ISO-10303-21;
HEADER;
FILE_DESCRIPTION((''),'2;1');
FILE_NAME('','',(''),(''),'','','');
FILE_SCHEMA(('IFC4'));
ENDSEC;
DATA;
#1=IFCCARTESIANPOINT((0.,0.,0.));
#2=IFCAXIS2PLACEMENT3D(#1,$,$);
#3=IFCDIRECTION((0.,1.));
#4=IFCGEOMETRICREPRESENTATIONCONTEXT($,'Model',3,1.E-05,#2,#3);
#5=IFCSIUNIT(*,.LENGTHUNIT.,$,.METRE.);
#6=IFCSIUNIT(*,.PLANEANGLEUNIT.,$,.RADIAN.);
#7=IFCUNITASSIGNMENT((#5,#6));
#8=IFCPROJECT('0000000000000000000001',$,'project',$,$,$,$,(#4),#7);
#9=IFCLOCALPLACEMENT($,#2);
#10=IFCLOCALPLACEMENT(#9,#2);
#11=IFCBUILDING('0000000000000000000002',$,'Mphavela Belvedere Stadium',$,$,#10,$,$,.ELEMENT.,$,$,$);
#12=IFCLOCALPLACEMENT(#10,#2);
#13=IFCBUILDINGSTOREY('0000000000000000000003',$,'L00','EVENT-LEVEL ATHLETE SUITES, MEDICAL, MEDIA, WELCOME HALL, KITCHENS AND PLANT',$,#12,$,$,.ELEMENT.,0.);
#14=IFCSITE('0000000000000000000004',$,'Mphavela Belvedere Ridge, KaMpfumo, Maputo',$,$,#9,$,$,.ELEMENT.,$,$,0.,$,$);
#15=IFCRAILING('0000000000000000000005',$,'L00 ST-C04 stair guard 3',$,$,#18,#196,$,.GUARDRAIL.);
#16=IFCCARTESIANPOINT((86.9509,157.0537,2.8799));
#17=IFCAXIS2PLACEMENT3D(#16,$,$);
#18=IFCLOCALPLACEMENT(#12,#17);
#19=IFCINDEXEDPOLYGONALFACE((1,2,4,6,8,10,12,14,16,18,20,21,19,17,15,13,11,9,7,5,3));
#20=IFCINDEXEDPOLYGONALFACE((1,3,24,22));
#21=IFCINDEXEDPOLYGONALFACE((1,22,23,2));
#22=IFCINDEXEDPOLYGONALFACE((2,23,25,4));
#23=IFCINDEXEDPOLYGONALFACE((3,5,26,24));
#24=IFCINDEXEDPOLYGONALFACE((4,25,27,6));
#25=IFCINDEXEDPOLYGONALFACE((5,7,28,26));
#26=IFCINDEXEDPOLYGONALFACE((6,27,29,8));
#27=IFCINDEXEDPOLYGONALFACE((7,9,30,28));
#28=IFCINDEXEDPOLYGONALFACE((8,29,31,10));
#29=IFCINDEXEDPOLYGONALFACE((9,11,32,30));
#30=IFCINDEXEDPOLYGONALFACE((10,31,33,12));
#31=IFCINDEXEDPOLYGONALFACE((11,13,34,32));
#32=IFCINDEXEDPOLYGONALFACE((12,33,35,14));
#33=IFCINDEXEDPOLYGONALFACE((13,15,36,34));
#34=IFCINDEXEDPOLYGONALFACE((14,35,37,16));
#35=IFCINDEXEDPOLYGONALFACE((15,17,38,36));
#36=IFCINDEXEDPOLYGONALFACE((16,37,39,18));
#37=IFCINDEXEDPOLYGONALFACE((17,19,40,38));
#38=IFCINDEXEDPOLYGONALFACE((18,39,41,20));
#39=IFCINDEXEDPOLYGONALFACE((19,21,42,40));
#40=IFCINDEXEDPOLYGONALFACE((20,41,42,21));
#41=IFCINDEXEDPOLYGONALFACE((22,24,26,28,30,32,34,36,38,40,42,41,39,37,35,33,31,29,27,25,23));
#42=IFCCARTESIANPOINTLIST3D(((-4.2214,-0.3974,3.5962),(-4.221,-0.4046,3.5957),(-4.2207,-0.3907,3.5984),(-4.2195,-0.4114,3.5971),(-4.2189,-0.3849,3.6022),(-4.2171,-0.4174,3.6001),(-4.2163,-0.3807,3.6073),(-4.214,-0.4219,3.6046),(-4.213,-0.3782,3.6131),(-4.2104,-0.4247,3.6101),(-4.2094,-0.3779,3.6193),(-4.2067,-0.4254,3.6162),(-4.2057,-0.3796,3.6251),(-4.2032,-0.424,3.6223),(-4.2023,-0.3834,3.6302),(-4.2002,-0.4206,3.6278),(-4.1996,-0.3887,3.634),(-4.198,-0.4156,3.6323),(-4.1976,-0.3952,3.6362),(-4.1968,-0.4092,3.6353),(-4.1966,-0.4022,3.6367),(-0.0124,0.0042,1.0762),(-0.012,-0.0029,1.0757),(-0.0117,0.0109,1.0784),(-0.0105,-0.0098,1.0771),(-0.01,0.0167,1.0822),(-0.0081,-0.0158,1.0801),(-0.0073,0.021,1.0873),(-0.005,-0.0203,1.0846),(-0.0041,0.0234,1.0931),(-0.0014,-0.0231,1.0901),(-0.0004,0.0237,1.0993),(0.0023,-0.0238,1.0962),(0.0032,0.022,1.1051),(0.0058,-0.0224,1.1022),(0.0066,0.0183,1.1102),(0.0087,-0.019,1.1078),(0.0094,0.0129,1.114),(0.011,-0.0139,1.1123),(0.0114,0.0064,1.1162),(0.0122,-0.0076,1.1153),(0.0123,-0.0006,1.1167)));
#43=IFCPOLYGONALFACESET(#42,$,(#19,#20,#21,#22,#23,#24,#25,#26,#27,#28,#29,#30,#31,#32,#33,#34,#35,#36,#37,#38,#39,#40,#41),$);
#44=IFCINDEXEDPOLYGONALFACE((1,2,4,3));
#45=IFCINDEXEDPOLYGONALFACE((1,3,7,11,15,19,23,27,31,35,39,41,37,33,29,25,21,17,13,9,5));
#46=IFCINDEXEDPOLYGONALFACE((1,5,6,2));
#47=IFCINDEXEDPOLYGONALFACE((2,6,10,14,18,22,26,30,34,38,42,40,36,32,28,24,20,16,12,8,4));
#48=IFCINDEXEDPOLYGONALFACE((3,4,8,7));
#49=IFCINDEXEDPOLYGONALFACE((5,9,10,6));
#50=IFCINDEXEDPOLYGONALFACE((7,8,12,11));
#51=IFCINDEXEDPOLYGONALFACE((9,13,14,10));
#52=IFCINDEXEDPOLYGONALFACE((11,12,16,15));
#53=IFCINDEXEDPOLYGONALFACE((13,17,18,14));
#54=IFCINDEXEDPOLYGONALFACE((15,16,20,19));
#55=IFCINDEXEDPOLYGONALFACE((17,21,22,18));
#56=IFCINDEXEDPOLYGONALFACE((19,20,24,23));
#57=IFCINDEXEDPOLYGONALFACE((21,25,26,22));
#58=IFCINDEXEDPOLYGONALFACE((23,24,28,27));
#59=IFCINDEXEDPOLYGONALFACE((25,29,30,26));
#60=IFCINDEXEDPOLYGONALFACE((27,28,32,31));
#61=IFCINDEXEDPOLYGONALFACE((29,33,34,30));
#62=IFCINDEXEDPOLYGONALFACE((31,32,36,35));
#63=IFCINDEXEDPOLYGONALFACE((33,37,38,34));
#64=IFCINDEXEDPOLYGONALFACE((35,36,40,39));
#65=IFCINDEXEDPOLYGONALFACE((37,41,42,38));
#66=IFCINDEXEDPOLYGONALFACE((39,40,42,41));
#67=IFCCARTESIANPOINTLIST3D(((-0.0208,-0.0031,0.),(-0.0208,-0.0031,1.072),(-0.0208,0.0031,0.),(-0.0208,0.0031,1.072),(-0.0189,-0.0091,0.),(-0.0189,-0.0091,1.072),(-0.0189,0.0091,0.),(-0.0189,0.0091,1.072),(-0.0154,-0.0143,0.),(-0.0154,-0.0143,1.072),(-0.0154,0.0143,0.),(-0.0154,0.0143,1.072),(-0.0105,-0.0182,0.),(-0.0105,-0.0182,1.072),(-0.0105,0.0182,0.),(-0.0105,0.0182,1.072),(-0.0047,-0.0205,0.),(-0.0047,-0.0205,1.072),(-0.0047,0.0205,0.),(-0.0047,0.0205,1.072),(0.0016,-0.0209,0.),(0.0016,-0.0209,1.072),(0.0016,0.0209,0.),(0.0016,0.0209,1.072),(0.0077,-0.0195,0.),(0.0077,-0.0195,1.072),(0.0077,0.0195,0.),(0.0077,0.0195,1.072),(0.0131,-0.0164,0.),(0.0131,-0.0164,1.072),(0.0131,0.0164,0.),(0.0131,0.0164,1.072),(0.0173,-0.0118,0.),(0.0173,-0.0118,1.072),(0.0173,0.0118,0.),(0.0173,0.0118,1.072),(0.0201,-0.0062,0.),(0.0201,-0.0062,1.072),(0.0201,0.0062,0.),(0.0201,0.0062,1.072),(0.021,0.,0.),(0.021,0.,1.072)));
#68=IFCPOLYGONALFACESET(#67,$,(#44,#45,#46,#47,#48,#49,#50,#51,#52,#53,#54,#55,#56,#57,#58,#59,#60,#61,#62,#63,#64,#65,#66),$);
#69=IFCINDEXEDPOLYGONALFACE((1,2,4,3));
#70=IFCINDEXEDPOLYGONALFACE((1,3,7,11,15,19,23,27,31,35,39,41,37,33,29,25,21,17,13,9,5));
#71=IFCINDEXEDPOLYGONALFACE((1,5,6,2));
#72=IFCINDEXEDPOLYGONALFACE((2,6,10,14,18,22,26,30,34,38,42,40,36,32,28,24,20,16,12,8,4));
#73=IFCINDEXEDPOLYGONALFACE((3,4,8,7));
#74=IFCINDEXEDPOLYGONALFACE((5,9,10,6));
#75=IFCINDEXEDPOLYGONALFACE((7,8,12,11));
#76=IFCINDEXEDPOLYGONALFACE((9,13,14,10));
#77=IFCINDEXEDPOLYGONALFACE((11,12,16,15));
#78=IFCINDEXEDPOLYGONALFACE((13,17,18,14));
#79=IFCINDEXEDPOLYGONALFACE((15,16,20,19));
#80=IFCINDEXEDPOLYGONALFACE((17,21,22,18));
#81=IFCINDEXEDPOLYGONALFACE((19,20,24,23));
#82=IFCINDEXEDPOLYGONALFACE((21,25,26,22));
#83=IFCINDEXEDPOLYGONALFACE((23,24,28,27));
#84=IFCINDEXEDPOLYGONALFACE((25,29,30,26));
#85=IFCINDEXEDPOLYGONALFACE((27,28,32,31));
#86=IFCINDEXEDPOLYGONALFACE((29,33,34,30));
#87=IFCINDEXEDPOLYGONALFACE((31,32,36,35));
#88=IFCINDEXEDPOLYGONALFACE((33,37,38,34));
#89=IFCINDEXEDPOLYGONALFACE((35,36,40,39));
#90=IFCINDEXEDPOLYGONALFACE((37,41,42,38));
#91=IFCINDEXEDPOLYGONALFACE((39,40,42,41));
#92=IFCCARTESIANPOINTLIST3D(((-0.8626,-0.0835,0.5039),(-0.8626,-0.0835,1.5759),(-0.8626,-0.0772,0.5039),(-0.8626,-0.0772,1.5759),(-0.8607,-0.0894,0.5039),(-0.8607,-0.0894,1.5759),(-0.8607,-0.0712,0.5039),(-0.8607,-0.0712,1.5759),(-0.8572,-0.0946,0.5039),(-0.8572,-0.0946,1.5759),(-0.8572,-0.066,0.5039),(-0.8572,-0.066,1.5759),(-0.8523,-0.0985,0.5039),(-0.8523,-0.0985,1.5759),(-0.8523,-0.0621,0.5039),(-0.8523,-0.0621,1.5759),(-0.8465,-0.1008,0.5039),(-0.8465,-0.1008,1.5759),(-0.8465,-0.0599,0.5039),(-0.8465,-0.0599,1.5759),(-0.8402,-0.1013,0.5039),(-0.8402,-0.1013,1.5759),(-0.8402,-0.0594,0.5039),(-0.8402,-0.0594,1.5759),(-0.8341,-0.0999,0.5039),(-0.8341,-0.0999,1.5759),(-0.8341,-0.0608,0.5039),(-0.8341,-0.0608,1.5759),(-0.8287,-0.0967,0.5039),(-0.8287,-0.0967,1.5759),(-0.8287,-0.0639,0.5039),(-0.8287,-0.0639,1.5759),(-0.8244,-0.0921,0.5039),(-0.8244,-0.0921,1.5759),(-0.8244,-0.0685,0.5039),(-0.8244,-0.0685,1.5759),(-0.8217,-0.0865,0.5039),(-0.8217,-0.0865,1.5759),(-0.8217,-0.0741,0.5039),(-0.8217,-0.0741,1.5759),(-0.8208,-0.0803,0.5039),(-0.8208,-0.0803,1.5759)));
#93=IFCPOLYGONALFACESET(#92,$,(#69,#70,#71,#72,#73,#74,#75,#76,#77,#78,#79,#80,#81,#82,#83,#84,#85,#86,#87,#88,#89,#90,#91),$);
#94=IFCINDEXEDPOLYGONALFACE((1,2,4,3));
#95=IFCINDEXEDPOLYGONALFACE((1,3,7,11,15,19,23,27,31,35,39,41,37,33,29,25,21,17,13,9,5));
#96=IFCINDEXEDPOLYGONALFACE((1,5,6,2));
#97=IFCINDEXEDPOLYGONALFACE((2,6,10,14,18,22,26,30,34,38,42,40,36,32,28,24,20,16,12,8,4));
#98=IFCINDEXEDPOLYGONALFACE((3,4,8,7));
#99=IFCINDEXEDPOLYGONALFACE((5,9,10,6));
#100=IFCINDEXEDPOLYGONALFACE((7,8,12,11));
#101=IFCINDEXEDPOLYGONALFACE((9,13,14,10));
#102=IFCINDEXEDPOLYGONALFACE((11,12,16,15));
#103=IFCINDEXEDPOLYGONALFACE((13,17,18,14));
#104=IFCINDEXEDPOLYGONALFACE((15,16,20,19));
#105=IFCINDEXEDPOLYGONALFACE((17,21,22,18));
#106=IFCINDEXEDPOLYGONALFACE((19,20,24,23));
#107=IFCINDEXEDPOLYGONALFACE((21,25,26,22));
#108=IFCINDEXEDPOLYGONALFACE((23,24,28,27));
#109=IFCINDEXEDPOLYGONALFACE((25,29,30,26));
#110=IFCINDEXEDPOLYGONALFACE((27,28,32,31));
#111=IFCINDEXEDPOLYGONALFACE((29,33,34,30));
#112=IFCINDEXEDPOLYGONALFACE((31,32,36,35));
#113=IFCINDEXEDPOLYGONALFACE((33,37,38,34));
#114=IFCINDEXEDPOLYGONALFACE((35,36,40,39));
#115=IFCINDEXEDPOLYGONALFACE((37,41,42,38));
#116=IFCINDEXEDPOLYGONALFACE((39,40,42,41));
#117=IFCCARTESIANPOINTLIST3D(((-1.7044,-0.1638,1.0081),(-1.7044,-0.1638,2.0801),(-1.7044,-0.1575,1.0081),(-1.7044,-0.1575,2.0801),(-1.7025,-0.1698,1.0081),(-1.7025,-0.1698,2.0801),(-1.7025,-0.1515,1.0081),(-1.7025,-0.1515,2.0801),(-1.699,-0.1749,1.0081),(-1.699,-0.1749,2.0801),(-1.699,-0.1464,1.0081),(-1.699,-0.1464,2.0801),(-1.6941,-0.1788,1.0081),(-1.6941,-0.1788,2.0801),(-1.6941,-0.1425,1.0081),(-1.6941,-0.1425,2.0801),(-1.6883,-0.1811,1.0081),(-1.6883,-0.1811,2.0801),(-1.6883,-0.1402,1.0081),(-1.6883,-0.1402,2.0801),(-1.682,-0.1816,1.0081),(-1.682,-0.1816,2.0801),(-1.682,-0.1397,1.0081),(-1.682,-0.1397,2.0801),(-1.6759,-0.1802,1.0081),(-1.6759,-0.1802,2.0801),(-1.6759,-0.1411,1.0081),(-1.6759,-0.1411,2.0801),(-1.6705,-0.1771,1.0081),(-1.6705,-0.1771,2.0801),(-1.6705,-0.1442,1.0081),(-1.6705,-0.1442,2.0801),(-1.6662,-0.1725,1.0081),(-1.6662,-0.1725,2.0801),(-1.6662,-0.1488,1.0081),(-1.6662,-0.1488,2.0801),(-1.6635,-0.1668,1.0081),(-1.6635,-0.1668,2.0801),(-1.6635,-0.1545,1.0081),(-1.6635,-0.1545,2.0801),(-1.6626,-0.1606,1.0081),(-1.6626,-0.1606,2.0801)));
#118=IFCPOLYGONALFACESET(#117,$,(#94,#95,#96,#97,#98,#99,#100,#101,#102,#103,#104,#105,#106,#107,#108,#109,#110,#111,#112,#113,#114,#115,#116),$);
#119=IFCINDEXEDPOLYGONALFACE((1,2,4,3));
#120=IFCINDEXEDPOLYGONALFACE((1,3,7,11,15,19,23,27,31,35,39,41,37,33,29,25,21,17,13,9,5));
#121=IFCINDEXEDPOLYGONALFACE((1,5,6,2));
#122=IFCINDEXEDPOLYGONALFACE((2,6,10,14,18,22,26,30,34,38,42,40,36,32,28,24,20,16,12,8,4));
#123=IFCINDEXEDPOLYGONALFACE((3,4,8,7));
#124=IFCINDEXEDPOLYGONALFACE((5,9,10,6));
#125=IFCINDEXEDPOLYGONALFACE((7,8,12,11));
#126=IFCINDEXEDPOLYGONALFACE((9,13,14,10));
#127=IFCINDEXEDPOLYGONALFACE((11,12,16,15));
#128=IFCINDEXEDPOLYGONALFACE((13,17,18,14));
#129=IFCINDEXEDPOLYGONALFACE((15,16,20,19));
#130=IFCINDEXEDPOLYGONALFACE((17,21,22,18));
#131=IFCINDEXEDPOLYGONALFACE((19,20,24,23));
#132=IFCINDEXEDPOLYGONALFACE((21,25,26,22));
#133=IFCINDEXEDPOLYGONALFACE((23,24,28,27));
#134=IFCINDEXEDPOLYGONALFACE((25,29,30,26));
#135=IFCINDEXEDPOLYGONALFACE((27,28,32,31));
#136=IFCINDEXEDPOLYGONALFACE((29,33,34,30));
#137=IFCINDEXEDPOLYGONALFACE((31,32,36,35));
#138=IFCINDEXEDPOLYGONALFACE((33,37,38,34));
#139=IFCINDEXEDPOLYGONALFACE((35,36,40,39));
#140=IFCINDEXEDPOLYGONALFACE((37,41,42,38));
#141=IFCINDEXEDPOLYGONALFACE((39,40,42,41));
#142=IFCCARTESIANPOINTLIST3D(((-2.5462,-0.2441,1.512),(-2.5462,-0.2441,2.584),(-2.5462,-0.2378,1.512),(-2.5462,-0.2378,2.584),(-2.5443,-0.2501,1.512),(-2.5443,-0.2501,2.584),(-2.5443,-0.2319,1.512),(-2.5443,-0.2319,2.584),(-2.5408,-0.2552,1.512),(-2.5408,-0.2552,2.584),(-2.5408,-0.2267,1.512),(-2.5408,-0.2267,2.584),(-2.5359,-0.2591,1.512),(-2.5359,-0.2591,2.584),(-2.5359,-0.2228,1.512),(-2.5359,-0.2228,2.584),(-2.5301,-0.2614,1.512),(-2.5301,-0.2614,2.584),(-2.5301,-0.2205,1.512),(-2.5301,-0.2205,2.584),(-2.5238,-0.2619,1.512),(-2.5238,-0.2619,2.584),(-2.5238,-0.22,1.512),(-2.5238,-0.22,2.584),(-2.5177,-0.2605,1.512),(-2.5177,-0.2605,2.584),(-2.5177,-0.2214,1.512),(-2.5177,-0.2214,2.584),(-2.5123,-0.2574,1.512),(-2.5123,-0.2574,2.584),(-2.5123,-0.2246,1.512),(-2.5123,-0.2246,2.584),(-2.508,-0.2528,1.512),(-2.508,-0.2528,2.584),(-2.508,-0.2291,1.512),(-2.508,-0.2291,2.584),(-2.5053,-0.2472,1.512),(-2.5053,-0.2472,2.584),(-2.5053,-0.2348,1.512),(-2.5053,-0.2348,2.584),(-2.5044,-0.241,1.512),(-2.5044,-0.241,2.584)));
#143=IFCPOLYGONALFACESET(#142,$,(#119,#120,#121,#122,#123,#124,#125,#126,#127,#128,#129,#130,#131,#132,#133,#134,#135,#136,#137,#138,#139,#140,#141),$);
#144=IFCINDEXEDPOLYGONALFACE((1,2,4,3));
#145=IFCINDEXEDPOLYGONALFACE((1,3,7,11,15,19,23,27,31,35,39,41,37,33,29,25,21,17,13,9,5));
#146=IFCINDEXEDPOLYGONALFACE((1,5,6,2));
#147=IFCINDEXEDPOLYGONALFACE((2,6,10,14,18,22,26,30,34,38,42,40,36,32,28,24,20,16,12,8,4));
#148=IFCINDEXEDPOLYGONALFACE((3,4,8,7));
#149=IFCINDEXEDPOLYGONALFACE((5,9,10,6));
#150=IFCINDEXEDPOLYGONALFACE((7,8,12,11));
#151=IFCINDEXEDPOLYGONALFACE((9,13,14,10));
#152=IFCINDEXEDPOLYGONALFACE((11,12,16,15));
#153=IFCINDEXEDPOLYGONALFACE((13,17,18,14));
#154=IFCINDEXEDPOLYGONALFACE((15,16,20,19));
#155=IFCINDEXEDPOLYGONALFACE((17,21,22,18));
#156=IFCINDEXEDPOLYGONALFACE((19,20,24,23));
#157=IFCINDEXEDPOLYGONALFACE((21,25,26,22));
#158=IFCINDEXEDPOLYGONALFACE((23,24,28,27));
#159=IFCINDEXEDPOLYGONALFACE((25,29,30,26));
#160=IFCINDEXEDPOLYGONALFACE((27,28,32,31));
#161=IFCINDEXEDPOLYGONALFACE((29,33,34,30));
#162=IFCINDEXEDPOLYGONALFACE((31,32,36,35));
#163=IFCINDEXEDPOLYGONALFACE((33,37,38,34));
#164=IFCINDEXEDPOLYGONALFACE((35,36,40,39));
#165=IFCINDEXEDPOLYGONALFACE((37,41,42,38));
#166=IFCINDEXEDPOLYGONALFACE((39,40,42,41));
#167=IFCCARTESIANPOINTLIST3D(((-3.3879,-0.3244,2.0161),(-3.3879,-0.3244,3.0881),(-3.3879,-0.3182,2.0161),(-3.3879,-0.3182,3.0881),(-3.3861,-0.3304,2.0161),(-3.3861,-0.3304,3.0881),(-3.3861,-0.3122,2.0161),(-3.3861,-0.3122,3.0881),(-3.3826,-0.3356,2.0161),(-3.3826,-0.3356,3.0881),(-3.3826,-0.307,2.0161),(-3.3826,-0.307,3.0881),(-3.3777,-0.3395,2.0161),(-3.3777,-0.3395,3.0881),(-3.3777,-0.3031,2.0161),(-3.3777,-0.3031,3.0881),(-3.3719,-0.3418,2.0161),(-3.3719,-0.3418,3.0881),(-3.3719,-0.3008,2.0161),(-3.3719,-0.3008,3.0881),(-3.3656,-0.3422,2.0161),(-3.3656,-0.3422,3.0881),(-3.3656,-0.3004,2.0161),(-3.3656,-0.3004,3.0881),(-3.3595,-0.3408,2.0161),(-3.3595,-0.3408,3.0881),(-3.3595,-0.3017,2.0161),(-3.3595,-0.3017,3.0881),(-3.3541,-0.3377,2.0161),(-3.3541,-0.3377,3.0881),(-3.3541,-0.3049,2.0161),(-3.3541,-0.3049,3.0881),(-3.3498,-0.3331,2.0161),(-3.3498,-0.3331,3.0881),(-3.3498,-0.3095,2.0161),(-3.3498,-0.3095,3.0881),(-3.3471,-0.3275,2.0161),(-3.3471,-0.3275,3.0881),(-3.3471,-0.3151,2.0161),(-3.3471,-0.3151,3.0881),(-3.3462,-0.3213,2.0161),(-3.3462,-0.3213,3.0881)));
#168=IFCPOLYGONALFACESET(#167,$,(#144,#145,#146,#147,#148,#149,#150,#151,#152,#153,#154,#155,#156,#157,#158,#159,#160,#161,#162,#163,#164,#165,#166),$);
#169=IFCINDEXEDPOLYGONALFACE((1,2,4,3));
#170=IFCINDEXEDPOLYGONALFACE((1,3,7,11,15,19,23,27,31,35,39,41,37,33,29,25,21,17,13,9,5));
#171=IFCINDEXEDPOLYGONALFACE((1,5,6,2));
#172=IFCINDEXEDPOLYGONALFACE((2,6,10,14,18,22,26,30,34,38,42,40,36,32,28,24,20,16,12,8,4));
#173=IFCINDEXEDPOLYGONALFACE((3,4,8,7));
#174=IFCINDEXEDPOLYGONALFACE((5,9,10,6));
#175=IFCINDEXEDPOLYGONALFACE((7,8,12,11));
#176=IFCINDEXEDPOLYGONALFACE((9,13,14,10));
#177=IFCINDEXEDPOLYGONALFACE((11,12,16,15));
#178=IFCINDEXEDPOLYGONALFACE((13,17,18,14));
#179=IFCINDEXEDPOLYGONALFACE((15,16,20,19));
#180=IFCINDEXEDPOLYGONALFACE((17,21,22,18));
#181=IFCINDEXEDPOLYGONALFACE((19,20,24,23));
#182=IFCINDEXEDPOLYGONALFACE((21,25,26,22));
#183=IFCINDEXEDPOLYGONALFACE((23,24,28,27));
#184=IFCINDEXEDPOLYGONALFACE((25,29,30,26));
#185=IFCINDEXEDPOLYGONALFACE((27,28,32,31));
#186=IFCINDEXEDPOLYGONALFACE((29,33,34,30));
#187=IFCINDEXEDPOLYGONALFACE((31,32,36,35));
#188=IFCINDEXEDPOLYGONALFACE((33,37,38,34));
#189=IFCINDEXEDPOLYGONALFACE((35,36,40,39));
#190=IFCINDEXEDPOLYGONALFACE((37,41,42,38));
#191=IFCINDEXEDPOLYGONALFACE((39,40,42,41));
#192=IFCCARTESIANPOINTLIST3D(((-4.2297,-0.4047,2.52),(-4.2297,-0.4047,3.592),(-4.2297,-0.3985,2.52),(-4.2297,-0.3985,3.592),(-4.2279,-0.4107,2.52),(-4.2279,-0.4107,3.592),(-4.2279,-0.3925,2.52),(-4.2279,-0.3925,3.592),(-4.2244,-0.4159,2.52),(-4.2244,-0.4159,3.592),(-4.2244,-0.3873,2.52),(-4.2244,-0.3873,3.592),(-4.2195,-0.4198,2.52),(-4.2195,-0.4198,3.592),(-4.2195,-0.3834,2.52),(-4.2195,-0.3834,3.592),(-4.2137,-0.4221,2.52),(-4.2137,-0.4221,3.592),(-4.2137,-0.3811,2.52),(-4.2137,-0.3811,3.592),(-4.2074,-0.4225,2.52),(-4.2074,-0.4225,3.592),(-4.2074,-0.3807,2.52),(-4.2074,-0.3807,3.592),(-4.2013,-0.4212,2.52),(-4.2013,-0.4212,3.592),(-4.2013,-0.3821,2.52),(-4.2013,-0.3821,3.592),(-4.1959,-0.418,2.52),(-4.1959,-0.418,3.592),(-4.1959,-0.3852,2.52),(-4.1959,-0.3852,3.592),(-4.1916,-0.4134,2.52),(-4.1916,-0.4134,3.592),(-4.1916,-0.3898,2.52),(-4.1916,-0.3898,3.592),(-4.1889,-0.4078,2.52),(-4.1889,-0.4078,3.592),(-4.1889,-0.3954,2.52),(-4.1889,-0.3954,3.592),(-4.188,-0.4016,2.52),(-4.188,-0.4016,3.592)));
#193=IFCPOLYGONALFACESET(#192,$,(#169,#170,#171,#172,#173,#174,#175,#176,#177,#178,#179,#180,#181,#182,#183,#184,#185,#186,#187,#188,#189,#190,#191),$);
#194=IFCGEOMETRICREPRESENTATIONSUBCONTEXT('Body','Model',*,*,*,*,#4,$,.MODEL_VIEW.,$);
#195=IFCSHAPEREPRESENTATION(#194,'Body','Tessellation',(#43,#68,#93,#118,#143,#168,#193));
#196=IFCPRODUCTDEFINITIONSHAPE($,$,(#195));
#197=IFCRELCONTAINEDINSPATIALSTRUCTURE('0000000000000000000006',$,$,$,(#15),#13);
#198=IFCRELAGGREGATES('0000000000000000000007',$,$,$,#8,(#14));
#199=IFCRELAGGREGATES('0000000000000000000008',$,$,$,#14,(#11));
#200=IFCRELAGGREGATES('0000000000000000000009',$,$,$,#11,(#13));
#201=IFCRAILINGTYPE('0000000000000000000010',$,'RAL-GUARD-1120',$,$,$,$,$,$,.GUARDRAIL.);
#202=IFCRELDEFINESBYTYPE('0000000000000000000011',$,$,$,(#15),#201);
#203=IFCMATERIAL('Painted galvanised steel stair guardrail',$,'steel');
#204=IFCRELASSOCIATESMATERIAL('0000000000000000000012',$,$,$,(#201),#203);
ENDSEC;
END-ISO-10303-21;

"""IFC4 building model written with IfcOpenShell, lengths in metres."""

from ifc_helpers import new_model, si_unit, direction, frame, origin, origin_2d, place, context, subcontext, project, spatial, circle, extrude, material, type_object, element, save


model = new_model("IFC4")

# Units and contexts
model_context = context("Model", 3, precision=1e-05, world=origin(), true_north=direction((0.0, 1.0)))
body_context = subcontext(model_context, "Body", "Model", "MODEL_VIEW")
ifc_project = project(units=[si_unit("LENGTHUNIT", "METRE"), si_unit("PLANEANGLEUNIT", "RADIAN")], contexts=[model_context])

# Site, building, storey
site_placement = place(None, origin())
site = spatial("IfcSite", under=ifc_project, at=site_placement, Name="Mphavela Belvedere Ridge, KaMpfumo, Maputo", CompositionType="ELEMENT", RefElevation=0.0)
building_placement = place(site_placement, origin())
building = spatial("IfcBuilding", under=site, at=building_placement, Name="Mphavela Belvedere Stadium", CompositionType="ELEMENT")
storey_placement = place(building_placement, origin())
storey = spatial("IfcBuildingStorey", under=building, at=storey_placement, Name="L00", Description="EVENT-LEVEL ATHLETE SUITES, MEDICAL, MEDIA, WELCOME HALL, KITCHENS AND PLANT", CompositionType="ELEMENT", Elevation=0.0)

# Railing
ifc_material_1 = material(Name="Painted galvanised steel stair guardrail", Category="steel")
railing_type_1 = type_object("IfcRailingType", Name="RAL-GUARD-1120", PredefinedType="GUARDRAIL", material=ifc_material_1)
railing_1_placement = place(storey_placement, frame((86.9509, 157.0537, 2.8799)))
element("IfcRailing", 1, at=railing_1_placement, inside=storey, type_object=railing_type_1, Name="L00 ST-C04 stair guard 3", PredefinedType="GUARDRAIL", context=body_context, shape_type="SweptSolid", body=[
    extrude(circle(Radius=0.0239, at=origin_2d()), frame((0.0, 0.0, 1.0962), z_axis=(-0.855115, -0.081593, 0.511978), x_axis=(0.094986, -0.995479, 0.0)), (0.0, 0.0, 1.0), 4.9221),
    extrude(circle(Radius=0.021, at=origin_2d()), origin(), (0.0, 0.0, 1.0), 1.072),
    extrude(circle(Radius=0.021, at=origin_2d()), frame((-0.8418, -0.0803, 0.5039)), (0.0, 0.0, 1.0), 1.072),
    extrude(circle(Radius=0.021, at=origin_2d()), frame((-1.6836, -0.1606, 1.0081)), (0.0, 0.0, 1.0), 1.072),
    extrude(circle(Radius=0.021, at=origin_2d()), frame((-2.5254, -0.241, 1.512)), (0.0, 0.0, 1.0), 1.072),
    extrude(circle(Radius=0.021, at=origin_2d()), frame((-3.3672, -0.3213, 2.0161)), (0.0, 0.0, 1.0), 1.072),
    extrude(circle(Radius=0.021, at=origin_2d()), frame((-4.209, -0.4016, 2.52)), (0.0, 0.0, 1.0), 1.072),
])

save(model, "model.ifc")
